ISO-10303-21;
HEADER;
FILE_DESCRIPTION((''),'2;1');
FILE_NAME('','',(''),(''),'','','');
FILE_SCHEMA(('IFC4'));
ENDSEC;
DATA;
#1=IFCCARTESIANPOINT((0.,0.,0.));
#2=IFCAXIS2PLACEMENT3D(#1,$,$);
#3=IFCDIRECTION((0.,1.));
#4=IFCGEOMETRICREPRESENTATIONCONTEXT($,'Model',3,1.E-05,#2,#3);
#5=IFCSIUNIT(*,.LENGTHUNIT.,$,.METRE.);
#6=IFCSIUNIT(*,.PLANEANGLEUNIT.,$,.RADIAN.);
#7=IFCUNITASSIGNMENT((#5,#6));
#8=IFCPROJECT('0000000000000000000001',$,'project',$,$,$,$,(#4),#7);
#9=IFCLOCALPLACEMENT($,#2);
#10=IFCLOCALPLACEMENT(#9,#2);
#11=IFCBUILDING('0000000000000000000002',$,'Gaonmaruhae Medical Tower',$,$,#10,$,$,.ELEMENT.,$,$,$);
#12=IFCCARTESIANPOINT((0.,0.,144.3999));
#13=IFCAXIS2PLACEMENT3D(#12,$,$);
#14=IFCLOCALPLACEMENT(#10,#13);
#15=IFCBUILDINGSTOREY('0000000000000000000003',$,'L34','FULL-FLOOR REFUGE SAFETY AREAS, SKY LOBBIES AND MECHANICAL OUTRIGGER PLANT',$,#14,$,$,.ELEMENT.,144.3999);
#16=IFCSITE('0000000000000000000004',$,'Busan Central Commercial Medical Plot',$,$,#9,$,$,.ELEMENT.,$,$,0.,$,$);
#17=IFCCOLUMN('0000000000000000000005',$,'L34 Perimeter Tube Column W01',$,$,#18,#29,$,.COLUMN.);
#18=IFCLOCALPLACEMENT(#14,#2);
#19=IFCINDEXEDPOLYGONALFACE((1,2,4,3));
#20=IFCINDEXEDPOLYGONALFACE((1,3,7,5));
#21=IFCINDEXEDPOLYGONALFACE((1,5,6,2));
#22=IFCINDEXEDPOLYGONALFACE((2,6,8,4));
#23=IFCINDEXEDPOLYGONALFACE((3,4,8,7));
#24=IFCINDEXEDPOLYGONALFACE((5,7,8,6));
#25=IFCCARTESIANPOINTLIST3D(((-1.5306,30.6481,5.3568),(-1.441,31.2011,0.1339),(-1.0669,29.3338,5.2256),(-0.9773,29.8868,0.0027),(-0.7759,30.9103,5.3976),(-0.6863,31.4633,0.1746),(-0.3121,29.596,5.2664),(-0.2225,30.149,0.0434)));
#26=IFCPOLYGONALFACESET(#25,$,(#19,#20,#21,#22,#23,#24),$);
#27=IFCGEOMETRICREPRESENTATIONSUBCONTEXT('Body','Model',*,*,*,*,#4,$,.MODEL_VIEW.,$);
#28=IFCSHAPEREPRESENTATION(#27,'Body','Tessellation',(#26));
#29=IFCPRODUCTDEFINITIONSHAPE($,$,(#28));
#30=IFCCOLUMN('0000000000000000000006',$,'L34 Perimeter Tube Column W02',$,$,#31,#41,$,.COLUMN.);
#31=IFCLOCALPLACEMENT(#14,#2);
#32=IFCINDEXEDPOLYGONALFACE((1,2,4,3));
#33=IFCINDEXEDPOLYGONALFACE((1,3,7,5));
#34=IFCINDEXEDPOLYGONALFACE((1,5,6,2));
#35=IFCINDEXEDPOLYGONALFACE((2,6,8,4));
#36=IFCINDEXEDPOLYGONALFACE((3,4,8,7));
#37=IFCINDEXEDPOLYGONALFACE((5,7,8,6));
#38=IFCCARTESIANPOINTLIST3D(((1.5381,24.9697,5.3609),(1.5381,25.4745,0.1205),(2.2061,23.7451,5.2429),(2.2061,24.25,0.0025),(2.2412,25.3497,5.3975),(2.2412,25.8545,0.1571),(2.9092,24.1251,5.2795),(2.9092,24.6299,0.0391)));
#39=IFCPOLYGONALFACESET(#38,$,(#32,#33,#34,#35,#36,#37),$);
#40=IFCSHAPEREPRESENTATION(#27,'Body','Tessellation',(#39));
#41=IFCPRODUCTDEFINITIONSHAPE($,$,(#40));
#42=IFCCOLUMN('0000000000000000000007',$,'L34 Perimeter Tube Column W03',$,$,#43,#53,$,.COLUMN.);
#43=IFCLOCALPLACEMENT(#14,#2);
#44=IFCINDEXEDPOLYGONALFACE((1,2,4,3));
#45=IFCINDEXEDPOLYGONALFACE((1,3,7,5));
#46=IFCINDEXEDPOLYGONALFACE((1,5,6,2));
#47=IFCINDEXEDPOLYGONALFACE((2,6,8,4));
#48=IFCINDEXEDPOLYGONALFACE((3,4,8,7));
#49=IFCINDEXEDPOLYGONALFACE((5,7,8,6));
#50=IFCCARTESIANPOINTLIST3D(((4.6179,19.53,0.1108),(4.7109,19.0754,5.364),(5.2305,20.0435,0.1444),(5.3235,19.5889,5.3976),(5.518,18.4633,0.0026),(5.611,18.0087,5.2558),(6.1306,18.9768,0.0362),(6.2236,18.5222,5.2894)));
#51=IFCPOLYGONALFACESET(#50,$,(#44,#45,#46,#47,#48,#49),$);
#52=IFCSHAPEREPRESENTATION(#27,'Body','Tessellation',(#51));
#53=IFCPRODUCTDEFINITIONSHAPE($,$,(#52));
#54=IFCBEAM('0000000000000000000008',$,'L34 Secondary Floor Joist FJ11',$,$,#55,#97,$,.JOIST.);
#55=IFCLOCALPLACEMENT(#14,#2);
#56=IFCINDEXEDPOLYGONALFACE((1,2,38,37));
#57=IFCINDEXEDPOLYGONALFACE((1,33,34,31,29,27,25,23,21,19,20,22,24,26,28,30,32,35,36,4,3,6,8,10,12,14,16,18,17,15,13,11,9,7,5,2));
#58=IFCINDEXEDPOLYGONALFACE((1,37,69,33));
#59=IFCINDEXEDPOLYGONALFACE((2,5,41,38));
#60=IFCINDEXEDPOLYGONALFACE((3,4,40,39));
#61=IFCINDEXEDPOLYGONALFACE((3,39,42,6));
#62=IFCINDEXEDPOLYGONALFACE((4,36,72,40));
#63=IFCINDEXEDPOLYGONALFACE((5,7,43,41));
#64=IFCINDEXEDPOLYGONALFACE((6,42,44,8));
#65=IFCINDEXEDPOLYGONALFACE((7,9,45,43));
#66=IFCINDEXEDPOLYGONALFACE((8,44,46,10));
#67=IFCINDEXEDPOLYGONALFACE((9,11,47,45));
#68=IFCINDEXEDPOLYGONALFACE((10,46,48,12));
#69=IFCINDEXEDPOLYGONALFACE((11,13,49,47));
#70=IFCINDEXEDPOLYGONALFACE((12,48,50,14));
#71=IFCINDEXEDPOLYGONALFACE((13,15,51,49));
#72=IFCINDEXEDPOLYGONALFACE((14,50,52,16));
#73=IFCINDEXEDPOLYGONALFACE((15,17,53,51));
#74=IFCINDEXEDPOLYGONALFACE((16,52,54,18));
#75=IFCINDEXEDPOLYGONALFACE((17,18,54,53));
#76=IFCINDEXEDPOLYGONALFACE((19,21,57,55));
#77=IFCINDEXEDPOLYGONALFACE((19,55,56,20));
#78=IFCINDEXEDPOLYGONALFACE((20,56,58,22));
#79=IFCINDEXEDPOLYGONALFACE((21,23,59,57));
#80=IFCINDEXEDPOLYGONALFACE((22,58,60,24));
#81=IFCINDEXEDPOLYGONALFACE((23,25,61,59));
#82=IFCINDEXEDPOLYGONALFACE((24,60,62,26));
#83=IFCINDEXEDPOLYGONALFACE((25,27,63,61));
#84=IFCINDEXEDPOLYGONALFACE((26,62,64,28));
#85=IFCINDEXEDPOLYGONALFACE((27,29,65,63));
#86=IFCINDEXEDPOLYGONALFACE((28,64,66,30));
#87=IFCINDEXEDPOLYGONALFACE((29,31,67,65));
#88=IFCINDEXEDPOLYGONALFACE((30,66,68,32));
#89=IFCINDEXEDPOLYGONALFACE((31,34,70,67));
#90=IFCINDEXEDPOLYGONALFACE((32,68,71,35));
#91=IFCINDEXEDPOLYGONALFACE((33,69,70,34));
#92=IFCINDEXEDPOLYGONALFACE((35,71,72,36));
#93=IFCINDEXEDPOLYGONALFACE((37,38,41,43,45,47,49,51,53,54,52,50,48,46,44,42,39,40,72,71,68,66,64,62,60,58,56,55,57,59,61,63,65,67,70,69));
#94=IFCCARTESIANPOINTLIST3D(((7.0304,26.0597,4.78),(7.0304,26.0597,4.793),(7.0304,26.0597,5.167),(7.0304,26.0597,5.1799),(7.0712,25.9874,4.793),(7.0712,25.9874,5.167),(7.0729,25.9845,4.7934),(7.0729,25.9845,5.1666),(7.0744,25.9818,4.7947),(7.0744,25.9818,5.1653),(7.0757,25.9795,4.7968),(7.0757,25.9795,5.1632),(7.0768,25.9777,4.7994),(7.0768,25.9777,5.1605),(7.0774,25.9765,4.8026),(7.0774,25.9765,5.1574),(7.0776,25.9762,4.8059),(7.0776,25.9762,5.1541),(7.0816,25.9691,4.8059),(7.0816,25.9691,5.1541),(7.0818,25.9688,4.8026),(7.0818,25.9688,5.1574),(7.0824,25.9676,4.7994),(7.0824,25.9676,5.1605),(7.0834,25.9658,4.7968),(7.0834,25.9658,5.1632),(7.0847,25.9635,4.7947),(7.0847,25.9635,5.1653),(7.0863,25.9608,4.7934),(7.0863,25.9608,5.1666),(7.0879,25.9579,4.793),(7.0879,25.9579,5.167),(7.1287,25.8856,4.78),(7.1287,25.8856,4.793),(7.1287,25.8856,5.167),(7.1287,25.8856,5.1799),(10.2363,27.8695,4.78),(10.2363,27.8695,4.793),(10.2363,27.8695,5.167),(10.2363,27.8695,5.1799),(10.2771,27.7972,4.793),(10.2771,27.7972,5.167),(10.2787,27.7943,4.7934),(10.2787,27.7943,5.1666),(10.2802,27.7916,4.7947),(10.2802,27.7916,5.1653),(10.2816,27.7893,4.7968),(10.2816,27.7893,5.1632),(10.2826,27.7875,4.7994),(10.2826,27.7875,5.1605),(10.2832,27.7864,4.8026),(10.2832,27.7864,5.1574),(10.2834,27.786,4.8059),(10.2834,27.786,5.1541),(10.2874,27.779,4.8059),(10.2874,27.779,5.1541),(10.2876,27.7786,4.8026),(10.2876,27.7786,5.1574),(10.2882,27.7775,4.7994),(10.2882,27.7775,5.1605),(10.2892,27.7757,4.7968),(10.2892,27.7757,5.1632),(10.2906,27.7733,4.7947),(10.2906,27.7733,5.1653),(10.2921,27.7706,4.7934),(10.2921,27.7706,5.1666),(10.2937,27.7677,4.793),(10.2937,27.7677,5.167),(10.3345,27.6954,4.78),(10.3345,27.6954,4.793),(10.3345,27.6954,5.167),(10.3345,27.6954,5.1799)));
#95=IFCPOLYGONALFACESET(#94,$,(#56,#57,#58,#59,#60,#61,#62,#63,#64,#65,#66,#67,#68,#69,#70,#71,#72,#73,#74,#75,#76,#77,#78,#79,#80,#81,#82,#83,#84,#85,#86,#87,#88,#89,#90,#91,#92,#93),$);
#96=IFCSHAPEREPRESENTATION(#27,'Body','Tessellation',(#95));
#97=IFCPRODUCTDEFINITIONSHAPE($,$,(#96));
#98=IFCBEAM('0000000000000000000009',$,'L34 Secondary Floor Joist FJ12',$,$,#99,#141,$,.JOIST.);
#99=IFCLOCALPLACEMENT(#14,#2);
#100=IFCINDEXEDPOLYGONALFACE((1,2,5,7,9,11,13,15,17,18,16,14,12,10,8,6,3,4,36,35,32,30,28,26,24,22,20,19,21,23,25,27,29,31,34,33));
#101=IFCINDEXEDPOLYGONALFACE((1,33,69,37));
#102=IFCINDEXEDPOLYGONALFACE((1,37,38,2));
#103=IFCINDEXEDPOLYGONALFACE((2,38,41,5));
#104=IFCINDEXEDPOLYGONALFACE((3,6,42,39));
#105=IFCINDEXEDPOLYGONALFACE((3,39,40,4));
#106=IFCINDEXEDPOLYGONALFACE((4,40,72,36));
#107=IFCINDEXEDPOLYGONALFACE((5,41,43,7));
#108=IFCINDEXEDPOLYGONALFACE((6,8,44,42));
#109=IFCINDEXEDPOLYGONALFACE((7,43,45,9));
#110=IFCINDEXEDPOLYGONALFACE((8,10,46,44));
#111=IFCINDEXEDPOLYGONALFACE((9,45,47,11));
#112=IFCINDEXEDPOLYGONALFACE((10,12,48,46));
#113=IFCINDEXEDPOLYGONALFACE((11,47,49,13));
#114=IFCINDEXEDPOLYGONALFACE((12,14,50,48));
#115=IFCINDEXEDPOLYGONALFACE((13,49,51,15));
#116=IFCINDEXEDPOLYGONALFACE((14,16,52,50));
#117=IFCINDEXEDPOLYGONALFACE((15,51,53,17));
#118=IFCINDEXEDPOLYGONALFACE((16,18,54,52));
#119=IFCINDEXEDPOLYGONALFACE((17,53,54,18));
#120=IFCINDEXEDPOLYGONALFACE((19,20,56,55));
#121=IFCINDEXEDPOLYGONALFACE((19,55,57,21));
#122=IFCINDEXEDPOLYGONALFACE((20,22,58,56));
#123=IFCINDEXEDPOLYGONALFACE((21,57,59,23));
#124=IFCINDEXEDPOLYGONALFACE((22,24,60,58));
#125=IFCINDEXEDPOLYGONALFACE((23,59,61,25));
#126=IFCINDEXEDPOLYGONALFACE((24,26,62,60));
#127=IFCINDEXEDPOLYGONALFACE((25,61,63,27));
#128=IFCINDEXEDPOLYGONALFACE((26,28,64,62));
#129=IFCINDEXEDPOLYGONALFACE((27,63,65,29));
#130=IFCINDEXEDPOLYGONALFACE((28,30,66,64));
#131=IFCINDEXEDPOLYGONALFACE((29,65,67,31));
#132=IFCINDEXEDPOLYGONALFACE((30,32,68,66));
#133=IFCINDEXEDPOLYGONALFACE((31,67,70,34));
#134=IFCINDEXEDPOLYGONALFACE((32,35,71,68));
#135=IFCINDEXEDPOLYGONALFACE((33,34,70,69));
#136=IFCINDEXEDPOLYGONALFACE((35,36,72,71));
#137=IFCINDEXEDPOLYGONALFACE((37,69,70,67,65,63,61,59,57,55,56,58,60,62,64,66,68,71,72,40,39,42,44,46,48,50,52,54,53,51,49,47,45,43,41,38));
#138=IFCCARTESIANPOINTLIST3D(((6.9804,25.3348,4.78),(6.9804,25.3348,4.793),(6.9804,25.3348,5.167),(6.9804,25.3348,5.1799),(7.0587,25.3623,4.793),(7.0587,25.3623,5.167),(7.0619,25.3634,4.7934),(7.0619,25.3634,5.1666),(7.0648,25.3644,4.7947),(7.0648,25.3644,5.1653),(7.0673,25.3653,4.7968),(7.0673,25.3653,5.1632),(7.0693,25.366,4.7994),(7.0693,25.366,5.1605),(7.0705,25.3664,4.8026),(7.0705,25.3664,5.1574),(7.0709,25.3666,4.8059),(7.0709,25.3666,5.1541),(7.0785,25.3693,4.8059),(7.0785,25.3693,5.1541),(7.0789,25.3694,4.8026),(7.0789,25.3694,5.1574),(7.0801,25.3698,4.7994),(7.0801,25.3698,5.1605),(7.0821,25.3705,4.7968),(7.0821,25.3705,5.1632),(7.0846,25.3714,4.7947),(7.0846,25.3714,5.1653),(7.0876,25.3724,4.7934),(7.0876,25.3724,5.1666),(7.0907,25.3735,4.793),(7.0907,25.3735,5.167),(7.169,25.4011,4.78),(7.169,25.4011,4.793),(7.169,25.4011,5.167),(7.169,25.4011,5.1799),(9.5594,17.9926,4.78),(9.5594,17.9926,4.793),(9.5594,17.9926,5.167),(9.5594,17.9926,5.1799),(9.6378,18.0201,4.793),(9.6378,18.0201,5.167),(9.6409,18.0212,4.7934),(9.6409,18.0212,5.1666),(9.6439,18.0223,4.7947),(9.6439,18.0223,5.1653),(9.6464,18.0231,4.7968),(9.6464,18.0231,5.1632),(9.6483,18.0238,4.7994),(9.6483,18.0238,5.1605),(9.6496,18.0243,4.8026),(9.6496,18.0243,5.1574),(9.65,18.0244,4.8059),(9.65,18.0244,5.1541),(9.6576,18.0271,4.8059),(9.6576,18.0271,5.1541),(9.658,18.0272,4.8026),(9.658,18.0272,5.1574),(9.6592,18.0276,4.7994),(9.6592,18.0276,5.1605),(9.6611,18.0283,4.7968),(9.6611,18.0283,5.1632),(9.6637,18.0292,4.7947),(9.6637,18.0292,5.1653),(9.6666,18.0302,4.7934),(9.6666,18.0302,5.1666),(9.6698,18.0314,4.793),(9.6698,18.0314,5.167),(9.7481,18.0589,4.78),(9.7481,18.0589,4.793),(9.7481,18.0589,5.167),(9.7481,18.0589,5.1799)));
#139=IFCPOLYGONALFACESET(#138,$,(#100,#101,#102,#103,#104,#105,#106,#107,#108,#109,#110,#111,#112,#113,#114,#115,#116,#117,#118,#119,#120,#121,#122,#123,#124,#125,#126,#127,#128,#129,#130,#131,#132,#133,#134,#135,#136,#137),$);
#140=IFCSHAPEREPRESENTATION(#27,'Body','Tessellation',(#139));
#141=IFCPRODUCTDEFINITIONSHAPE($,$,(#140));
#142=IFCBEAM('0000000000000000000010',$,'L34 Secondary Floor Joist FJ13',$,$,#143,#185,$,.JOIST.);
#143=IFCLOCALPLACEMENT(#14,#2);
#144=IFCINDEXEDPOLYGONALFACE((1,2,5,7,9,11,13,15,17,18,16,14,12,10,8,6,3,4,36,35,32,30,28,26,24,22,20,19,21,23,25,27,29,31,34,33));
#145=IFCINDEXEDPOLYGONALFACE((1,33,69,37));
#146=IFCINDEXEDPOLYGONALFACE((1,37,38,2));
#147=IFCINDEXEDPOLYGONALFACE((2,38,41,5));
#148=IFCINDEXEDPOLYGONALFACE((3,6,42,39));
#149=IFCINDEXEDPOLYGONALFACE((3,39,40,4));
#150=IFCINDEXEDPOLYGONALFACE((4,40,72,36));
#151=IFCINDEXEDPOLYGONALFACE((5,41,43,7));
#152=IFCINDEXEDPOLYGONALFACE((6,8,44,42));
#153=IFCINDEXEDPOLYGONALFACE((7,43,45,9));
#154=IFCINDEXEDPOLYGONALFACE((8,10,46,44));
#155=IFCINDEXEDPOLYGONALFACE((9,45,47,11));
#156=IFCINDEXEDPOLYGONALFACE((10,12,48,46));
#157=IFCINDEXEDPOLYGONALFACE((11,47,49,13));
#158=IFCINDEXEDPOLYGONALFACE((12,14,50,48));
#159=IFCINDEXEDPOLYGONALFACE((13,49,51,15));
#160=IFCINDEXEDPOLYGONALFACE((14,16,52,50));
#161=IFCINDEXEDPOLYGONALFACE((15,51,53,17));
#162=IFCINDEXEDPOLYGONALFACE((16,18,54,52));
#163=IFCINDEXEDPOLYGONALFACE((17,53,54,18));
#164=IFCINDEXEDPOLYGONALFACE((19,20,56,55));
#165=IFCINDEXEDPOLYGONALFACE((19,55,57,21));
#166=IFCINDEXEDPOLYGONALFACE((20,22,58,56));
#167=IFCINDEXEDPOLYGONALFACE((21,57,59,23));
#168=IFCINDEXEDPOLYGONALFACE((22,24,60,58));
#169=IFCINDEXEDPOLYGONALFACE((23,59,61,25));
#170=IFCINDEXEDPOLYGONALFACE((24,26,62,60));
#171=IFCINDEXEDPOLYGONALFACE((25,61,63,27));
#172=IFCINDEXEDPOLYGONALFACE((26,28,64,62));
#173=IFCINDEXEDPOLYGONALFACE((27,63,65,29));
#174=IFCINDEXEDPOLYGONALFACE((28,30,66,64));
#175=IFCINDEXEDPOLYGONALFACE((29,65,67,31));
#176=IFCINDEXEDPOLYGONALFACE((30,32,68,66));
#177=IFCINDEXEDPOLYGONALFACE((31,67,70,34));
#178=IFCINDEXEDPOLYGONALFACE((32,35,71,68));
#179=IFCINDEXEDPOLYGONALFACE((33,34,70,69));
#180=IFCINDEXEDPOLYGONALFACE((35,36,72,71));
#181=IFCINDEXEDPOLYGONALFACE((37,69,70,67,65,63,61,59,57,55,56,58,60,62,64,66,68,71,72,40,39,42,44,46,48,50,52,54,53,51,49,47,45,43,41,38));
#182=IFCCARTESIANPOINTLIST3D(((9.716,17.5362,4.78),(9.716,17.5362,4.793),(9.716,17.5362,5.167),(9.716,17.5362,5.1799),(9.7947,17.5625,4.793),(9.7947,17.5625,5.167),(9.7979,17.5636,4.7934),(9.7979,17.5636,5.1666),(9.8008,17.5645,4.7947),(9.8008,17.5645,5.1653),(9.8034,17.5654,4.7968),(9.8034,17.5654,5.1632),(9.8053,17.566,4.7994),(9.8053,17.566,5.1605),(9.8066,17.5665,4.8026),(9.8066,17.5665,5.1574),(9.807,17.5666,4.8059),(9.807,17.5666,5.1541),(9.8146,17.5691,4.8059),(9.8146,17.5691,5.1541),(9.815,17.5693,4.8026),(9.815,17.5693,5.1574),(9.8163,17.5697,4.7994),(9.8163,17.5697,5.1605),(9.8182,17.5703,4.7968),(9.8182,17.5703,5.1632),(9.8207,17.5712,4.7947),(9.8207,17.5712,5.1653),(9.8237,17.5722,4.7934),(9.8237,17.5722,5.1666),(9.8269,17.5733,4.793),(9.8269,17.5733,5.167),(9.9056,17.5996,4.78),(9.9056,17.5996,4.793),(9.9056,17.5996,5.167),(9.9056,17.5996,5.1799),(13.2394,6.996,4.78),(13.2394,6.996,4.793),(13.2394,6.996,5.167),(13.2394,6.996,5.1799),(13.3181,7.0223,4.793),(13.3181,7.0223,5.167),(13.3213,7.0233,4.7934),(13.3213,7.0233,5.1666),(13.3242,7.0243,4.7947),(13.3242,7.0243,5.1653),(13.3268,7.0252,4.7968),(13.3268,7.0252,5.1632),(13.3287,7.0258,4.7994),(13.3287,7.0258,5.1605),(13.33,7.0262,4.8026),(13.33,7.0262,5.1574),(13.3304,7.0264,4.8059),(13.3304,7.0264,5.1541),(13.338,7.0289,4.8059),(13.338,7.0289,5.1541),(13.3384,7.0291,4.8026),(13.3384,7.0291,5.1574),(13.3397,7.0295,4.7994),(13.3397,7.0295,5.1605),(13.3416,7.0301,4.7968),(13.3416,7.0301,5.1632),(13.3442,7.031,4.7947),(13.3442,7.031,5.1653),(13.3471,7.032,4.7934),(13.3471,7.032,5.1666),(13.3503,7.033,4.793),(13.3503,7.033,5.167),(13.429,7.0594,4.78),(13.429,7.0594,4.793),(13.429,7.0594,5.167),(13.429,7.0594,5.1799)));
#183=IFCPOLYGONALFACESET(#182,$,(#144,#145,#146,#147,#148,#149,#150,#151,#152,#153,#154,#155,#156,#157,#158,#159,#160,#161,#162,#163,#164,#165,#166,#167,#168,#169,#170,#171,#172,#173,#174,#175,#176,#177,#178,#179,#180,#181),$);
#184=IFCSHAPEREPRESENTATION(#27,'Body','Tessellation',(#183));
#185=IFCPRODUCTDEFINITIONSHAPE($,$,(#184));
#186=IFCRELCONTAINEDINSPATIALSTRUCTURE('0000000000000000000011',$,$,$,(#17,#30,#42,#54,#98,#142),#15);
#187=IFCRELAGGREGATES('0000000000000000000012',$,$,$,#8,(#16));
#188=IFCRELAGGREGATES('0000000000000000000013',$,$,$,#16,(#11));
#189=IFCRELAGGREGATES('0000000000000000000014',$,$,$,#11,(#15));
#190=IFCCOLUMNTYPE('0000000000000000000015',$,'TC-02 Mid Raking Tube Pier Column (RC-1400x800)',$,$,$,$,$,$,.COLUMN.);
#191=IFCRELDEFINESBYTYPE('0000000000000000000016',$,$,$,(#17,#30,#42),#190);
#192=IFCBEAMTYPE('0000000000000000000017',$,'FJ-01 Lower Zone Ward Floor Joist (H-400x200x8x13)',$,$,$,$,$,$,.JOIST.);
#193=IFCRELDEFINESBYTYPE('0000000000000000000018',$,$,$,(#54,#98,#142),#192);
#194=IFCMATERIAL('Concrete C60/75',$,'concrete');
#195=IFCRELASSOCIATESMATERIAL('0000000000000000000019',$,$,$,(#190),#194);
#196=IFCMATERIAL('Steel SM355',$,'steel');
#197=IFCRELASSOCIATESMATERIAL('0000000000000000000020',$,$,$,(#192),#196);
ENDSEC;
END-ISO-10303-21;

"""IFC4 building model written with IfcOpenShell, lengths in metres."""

from ifc_helpers import new_model, si_unit, direction, frame, origin, origin_2d, place, context, subcontext, project, spatial, rectangle, i_section, extrude, material, material_profile, profile_set, type_object, element, save


model = new_model("IFC4")

# Units and contexts
model_context = context("Model", 3, precision=1e-05, world=origin(), true_north=direction((0.0, 1.0)))
body_context = subcontext(model_context, "Body", "Model", "MODEL_VIEW")
ifc_project = project(units=[si_unit("LENGTHUNIT", "METRE"), si_unit("PLANEANGLEUNIT", "RADIAN")], contexts=[model_context])

# Site, building, storey
site_placement = place(None, origin())
site = spatial("IfcSite", under=ifc_project, at=site_placement, Name="Busan Central Commercial Medical Plot", CompositionType="ELEMENT", RefElevation=0.0)
building_placement = place(site_placement, origin())
building = spatial("IfcBuilding", under=site, at=building_placement, Name="Gaonmaruhae Medical Tower", CompositionType="ELEMENT")
storey_placement = place(building_placement, frame((0.0, 0.0, 144.3999)))
storey = spatial("IfcBuildingStorey", under=building, at=storey_placement, Name="L34", Description="FULL-FLOOR REFUGE SAFETY AREAS, SKY LOBBIES AND MECHANICAL OUTRIGGER PLANT", CompositionType="ELEMENT", Elevation=144.3999)

# Columns
ifc_material_1 = material(Name="Concrete C60/75", Category="concrete")
ifc_material_profile_1 = material_profile(ifc_material_1, rectangle(XDim=1.3999, YDim=0.8, at=origin_2d()), Name="RC-1400x800")
ifc_profile_set_1 = profile_set([ifc_material_profile_1], Name="Concrete C60/75")
column_type = type_object("IfcColumnType", Name="TC-02 Mid Raking Tube Pier Column (RC-1400x800)", PredefinedType="COLUMN", material=ifc_profile_set_1)
column_1_placement = place(storey_placement, frame((-0.8318, 30.675, 0.0886), z_axis=(-0.017057, -0.105272, 0.994297), x_axis=(-0.331255, 0.938875, 0.093721)))
element("IfcColumn", 1, at=column_1_placement, inside=storey, type_object=column_type, Name="L34 Perimeter Tube Column W01", PredefinedType="COLUMN", context=body_context, shape_type="SweptSolid", body=[
    extrude(rectangle(XDim=1.3999, YDim=0.8, at=origin_2d()), origin(), (0.0, 0.0, 1.0), 5.2529),
])
column_2_placement = place(storey_placement, frame((2.2236, 25.0522, 0.0798), z_axis=(0.0, -0.095899, 0.995391), x_axis=(-0.477159, 0.874767, 0.084278)))
element("IfcColumn", 2, at=column_2_placement, inside=storey, type_object=column_type, Name="L34 Perimeter Tube Column W02", PredefinedType="COLUMN", context=body_context, shape_type="SweptSolid", body=[
    extrude(rectangle(XDim=1.3999, YDim=0.8, at=origin_2d()), origin(), (0.0, 0.0, 1.0), 5.2646),
])
column_3_placement = place(storey_placement, frame((5.3743, 19.2534, 0.0735), z_axis=(0.017638, -0.086201, 0.996122), x_axis=(-0.642962, 0.761985, 0.077324)))
element("IfcColumn", 3, at=column_3_placement, inside=storey, type_object=column_type, Name="L34 Perimeter Tube Column W03", PredefinedType="COLUMN", context=body_context, shape_type="SweptSolid", body=[
    extrude(rectangle(XDim=1.3999, YDim=0.8, at=origin_2d()), origin(), (0.0, 0.0, 1.0), 5.2737),
])

# Beams
ifc_material_2 = material(Name="Steel SM355", Category="steel")
ifc_material_profile_2 = material_profile(ifc_material_2, i_section(OverallWidth=0.2, OverallDepth=0.3999, WebThickness=0.0081, FlangeThickness=0.0129, FilletRadius=0.0129, at=origin_2d()), Name="H-400x200x8x13")
ifc_profile_set_2 = profile_set([ifc_material_profile_2], Name="Steel SM355")
beam_type_1 = type_object("IfcBeamType", Name="FJ-01 Lower Zone Ward Floor Joist (H-400x200x8x13)", PredefinedType="JOIST", material=ifc_profile_set_2)
beam_1_placement = place(storey_placement, frame((10.2854, 27.7825, 4.98), z_axis=(-0.870815, -0.491611, 0.0), x_axis=(0.491611, -0.870815, 0.0)))
element("IfcBeam", 4, at=beam_1_placement, inside=storey, type_object=beam_type_1, Name="L34 Secondary Floor Joist FJ11", PredefinedType="JOIST", context=body_context, shape_type="SweptSolid", body=[
    extrude(i_section(OverallWidth=0.2, OverallDepth=0.3999, WebThickness=0.0081, FlangeThickness=0.0129, FilletRadius=0.0129, at=origin_2d()), origin(), (0.0, 0.0, 1.0), 3.6814),
])
beam_2_placement = place(storey_placement, frame((7.0747, 25.3679, 4.98), z_axis=(0.331415, -0.943485, 0.0), x_axis=(0.943485, 0.331415, 0.0)))
element("IfcBeam", 5, at=beam_2_placement, inside=storey, type_object=beam_type_1, Name="L34 Secondary Floor Joist FJ12", PredefinedType="JOIST", context=body_context, shape_type="SweptSolid", body=[
    extrude(i_section(OverallWidth=0.2, OverallDepth=0.3999, WebThickness=0.0081, FlangeThickness=0.0129, FilletRadius=0.0129, at=origin_2d()), origin(), (0.0, 0.0, 1.0), 7.782),
])
beam_3_placement = place(storey_placement, frame((9.8108, 17.5679, 4.98), z_axis=(0.317038, -0.948413, 0.0), x_axis=(0.948413, 0.317038, 0.0)))
element("IfcBeam", 6, at=beam_3_placement, inside=storey, type_object=beam_type_1, Name="L34 Secondary Floor Joist FJ13", PredefinedType="JOIST", context=body_context, shape_type="SweptSolid", body=[
    extrude(i_section(OverallWidth=0.2, OverallDepth=0.3999, WebThickness=0.0081, FlangeThickness=0.0129, FilletRadius=0.0129, at=origin_2d()), origin(), (0.0, 0.0, 1.0), 11.1135),
])

save(model, "model.ifc")
